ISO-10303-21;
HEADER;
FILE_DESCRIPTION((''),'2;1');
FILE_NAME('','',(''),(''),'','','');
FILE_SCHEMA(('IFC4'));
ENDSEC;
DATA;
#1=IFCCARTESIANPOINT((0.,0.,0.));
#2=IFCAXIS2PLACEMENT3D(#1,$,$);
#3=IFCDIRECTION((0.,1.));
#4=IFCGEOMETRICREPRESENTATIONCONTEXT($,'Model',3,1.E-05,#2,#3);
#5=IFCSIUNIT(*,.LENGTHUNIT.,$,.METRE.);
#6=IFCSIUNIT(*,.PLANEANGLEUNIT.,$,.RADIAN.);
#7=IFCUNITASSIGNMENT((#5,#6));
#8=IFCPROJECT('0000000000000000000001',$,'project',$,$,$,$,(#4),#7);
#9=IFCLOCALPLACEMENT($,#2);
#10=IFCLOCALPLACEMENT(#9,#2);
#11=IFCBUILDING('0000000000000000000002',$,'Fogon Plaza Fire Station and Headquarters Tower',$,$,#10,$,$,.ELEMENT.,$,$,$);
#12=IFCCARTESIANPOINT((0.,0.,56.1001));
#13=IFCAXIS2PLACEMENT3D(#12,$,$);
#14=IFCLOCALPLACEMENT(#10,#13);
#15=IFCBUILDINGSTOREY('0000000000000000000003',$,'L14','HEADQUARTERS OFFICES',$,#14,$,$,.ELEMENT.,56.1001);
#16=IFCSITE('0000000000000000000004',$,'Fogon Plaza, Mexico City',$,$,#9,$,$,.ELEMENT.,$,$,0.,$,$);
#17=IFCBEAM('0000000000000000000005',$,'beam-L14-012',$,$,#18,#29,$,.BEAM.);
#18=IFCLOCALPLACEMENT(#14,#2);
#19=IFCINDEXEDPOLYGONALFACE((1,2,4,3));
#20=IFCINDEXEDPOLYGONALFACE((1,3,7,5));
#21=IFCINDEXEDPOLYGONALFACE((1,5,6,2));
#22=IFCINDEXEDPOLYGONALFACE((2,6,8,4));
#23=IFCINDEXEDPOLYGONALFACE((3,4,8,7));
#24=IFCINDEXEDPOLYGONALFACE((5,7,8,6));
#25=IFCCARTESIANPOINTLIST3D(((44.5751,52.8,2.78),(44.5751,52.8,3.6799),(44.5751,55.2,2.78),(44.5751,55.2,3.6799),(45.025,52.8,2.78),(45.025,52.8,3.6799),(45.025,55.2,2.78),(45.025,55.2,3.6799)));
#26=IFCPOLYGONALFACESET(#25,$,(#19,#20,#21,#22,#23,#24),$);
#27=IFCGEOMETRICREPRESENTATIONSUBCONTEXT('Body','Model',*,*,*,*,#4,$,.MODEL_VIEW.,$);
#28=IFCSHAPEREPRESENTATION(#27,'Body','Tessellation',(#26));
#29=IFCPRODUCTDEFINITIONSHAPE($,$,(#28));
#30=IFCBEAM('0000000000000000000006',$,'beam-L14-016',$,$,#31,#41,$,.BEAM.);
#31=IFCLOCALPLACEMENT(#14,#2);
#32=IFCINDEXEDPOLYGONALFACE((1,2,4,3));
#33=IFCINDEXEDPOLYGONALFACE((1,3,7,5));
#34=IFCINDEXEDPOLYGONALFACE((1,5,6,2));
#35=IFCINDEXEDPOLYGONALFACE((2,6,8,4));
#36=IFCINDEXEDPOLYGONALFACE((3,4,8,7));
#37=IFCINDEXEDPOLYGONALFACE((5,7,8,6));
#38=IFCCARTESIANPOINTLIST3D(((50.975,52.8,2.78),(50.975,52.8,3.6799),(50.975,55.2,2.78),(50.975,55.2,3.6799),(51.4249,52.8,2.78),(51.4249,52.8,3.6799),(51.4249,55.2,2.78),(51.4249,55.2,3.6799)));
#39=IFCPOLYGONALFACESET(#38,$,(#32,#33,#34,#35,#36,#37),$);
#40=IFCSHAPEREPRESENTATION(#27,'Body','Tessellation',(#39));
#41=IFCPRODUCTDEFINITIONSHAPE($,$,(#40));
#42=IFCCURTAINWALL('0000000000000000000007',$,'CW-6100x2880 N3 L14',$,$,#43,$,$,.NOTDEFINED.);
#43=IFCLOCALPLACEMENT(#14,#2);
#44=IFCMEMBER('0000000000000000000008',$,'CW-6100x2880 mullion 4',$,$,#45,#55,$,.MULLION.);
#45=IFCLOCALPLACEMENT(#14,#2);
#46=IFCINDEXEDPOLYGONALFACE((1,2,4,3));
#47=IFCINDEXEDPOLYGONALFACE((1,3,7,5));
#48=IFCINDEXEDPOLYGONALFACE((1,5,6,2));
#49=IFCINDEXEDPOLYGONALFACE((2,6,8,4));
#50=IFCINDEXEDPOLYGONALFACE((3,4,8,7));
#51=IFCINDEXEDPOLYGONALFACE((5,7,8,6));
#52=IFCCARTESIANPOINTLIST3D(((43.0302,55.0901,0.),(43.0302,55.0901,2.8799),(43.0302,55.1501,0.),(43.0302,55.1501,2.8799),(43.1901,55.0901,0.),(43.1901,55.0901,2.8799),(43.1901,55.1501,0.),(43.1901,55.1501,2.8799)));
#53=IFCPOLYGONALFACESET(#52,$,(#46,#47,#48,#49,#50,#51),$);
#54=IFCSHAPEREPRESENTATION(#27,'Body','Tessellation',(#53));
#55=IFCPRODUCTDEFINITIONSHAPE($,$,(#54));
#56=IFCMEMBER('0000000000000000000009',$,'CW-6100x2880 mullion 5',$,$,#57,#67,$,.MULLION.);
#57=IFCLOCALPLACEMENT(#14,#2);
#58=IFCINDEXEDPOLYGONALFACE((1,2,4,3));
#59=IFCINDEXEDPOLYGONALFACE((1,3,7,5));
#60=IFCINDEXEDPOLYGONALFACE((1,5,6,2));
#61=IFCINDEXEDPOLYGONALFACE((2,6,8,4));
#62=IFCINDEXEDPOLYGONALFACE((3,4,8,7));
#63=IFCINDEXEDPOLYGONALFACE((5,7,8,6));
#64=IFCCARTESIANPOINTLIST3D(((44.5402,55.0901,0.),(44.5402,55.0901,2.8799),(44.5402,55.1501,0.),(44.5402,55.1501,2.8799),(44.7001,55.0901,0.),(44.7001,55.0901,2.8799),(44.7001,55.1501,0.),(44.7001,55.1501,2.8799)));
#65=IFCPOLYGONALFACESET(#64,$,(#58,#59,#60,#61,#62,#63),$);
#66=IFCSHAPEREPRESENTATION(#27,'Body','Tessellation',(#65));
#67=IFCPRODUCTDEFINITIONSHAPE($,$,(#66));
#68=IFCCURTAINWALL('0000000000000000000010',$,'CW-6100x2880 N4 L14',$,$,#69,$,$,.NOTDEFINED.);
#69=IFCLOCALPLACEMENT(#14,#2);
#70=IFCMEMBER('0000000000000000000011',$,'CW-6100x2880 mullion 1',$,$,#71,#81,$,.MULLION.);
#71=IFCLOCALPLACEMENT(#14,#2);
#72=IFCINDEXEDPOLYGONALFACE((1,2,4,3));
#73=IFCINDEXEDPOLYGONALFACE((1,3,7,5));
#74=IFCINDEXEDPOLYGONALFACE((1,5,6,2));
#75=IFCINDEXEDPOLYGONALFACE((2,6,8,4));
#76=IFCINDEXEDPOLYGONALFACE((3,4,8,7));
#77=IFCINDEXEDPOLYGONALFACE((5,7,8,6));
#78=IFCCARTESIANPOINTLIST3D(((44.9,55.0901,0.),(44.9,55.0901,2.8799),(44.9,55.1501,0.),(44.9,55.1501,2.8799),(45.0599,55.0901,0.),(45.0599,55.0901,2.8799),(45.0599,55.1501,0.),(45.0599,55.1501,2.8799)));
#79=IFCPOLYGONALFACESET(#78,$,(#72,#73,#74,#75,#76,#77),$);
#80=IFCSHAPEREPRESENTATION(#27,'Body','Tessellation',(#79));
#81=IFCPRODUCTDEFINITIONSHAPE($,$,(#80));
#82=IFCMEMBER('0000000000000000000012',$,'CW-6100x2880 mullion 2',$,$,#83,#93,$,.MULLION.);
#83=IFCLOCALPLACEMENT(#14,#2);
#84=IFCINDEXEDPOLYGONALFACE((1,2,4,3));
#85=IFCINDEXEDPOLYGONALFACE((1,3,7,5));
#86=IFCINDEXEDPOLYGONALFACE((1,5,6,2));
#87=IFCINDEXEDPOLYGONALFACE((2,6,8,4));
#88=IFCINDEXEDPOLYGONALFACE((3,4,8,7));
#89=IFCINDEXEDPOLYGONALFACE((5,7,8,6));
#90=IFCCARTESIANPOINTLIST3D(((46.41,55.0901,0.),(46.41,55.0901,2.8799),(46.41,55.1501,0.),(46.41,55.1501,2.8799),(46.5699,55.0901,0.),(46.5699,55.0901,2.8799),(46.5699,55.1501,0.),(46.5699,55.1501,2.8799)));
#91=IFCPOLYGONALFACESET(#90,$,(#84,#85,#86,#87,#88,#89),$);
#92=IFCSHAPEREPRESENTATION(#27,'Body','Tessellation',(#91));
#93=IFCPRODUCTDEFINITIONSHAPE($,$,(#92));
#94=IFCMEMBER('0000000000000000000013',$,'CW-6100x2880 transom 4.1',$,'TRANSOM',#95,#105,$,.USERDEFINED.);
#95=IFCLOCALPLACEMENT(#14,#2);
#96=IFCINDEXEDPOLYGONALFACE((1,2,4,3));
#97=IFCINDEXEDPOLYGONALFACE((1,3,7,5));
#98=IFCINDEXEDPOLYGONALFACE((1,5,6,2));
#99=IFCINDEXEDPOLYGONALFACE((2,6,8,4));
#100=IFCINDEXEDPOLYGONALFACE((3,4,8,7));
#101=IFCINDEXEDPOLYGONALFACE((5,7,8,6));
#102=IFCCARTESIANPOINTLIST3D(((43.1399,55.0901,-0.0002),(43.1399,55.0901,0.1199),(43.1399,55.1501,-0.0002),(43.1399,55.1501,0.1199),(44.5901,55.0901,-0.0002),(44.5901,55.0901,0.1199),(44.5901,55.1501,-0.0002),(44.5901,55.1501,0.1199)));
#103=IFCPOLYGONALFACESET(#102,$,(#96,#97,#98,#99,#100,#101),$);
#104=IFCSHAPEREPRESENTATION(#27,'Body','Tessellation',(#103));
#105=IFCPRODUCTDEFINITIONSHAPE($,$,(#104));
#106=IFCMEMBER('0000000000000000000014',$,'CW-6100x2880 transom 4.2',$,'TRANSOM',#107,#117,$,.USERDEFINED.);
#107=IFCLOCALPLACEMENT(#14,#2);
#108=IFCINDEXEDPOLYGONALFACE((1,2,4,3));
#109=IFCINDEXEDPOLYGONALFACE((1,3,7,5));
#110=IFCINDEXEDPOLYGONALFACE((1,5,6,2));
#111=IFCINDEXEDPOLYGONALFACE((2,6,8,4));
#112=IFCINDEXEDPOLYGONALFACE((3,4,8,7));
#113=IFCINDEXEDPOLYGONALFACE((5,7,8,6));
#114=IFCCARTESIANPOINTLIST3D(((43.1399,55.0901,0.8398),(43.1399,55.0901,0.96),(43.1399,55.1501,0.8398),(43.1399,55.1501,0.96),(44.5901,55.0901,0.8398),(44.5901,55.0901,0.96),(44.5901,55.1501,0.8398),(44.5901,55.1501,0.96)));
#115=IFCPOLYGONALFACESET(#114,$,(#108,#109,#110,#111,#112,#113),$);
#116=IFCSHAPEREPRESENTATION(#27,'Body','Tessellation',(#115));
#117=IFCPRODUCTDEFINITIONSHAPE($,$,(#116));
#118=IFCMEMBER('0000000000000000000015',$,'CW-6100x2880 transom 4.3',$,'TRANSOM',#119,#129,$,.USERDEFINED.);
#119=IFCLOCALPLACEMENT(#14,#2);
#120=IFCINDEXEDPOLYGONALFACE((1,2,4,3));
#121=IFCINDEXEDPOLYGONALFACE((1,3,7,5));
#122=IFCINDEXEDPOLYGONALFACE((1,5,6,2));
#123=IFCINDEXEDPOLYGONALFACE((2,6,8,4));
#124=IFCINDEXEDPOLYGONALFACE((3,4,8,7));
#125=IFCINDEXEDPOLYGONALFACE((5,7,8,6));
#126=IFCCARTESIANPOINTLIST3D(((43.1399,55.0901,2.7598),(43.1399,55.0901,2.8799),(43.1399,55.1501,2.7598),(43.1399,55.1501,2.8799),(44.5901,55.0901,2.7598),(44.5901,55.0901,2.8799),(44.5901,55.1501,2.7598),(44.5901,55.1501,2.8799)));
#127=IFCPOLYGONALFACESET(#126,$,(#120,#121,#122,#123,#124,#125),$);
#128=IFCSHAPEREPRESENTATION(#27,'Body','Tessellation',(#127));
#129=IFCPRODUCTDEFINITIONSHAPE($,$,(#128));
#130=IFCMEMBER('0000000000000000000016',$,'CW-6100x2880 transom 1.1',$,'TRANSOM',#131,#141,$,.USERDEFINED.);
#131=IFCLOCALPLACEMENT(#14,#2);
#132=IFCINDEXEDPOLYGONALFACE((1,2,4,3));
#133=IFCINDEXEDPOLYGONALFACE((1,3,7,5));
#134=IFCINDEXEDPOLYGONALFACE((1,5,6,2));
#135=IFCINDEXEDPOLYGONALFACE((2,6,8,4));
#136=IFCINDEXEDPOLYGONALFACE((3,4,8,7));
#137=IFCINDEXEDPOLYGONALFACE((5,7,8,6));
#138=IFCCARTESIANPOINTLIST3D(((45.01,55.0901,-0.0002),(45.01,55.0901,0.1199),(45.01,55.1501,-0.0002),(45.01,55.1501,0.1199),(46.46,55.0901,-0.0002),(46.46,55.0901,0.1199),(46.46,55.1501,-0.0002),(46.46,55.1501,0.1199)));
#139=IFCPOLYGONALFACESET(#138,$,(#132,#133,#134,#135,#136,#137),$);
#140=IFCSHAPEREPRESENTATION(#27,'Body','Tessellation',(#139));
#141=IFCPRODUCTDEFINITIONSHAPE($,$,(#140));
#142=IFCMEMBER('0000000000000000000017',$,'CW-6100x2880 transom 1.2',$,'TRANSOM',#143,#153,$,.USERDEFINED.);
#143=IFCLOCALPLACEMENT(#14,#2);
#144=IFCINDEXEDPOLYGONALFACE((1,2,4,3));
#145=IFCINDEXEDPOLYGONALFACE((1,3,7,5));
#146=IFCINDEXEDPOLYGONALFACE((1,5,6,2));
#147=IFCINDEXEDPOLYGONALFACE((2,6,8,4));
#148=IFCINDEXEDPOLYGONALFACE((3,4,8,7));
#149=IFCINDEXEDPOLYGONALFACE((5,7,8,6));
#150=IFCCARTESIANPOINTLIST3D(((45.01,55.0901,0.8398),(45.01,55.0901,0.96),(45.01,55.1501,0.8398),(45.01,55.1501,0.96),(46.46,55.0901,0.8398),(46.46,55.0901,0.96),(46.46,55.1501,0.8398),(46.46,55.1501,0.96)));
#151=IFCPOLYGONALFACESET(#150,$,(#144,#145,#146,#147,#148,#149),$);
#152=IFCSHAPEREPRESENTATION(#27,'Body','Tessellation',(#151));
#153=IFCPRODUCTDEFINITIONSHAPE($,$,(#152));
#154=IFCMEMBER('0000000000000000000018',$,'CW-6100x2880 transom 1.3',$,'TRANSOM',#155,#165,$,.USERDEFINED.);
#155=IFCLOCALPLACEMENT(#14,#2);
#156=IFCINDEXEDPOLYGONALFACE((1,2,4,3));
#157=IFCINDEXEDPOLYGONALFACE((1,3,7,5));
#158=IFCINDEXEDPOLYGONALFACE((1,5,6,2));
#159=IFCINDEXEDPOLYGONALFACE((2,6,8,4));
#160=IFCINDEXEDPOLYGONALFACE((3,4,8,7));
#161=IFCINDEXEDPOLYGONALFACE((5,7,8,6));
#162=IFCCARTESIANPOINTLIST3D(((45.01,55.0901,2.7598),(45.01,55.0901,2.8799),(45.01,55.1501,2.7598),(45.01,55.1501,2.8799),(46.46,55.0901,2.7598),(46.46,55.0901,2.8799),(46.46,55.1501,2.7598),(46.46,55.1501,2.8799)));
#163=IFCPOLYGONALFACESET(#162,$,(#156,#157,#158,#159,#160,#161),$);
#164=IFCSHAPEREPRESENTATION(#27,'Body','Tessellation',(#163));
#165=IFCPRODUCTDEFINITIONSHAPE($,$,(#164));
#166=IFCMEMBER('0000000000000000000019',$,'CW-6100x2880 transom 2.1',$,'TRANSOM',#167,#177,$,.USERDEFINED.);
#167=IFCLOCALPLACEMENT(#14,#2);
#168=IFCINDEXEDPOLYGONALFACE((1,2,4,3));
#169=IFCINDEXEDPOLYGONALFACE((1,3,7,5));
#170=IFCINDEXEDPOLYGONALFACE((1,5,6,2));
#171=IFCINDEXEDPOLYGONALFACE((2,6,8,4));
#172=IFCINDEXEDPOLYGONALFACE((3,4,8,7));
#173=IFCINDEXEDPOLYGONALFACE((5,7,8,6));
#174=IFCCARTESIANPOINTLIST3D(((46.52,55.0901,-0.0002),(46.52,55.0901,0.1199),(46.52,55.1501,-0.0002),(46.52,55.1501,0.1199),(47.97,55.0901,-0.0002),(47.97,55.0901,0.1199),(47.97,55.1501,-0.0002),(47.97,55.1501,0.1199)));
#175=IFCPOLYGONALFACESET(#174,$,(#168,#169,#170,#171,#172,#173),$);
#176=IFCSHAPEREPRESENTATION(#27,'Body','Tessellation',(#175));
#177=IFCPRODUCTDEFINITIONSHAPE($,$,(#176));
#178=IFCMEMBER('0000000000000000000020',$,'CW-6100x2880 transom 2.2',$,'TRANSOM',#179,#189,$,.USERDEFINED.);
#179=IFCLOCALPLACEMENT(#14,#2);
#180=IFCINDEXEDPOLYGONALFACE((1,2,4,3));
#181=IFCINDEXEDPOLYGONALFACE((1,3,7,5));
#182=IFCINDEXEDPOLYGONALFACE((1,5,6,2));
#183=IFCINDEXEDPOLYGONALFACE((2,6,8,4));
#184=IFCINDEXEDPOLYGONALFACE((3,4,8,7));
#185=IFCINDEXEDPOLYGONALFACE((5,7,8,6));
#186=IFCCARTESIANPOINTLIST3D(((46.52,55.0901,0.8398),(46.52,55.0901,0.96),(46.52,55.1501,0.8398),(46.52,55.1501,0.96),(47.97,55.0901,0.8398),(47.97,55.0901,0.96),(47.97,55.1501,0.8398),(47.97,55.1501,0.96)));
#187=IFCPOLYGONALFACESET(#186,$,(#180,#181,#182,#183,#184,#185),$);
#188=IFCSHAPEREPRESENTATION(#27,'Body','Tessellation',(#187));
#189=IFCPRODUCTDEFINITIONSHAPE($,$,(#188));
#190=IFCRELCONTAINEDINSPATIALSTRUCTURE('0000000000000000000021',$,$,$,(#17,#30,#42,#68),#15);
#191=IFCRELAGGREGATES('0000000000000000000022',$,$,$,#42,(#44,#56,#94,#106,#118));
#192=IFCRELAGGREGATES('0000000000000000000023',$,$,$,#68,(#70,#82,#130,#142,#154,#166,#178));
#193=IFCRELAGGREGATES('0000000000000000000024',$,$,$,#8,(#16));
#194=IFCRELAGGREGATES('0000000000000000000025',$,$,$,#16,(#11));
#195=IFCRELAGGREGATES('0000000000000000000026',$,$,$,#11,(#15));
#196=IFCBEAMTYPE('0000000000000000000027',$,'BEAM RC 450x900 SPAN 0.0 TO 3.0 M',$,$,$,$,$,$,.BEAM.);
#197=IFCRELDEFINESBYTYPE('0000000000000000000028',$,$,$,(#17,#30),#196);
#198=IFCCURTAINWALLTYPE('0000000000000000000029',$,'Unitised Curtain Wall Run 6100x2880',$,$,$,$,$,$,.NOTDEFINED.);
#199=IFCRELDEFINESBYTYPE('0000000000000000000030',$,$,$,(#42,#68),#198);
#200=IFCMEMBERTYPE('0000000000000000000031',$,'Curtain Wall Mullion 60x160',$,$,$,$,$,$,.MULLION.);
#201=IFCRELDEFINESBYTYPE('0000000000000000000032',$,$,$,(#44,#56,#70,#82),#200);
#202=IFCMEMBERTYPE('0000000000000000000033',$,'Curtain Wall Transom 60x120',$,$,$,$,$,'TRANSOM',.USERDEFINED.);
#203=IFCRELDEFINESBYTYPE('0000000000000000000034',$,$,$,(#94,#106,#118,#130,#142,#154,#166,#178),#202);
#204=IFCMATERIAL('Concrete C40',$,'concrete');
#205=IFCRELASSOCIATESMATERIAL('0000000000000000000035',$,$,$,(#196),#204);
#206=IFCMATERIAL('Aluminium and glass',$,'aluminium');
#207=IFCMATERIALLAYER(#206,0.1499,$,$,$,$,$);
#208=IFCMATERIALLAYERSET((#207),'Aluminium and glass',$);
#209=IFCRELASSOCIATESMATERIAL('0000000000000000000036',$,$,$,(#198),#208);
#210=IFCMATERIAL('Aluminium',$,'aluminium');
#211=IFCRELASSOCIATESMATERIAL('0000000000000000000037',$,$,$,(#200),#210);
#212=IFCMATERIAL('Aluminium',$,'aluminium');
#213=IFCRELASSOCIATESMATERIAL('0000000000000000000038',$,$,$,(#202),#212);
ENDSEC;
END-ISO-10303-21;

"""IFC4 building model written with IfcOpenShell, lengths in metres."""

from ifc_helpers import new_model, si_unit, direction, frame, origin, origin_2d, place, context, subcontext, project, spatial, rectangle, extrude, material, layer, layer_set, material_profile, profile_set, type_object, element, aggregate, save


model = new_model("IFC4")

# Units and contexts
model_context = context("Model", 3, precision=1e-05, world=origin(), true_north=direction((0.0, 1.0)))
body_context = subcontext(model_context, "Body", "Model", "MODEL_VIEW")
ifc_project = project(units=[si_unit("LENGTHUNIT", "METRE"), si_unit("PLANEANGLEUNIT", "RADIAN")], contexts=[model_context])

# Site, building, storey
site_placement = place(None, origin())
site = spatial("IfcSite", under=ifc_project, at=site_placement, Name="Fogon Plaza, Mexico City", CompositionType="ELEMENT", RefElevation=0.0)
building_placement = place(site_placement, origin())
building = spatial("IfcBuilding", under=site, at=building_placement, Name="Fogon Plaza Fire Station and Headquarters Tower", CompositionType="ELEMENT")
storey_placement = place(building_placement, frame((0.0, 0.0, 56.1001)))
storey = spatial("IfcBuildingStorey", under=building, at=storey_placement, Name="L14", Description="HEADQUARTERS OFFICES", CompositionType="ELEMENT", Elevation=56.1001)

# Beams
ifc_material_1 = material(Name="Concrete C40", Category="concrete")
ifc_material_profile_1 = material_profile(ifc_material_1, rectangle(XDim=0.45, YDim=0.8999, at=origin_2d()), Name="RC 450x900")
ifc_profile_set_1 = profile_set([ifc_material_profile_1], Name="Concrete C40")
beam_type_1 = type_object("IfcBeamType", Name="BEAM RC 450x900 SPAN 0.0 TO 3.0 M", PredefinedType="BEAM", material=ifc_profile_set_1)
for number, where, z_axis, x_axis, name in (
    (1, (44.8, 52.8, 3.23), (0.0, 1.0, 0.0), (-1.0, 0.0, 0.0), "beam-L14-012"),
    (2, (51.2, 52.8, 3.23), (0.0, 1.0, 0.0), (-1.0, 0.0, 0.0), "beam-L14-016"),
):
    element("IfcBeam", number, at=place(storey_placement, frame(where, z_axis=z_axis, x_axis=x_axis)), inside=storey, type_object=beam_type_1, Name=name, PredefinedType="BEAM", context=body_context, shape_type="SweptSolid", body=[
        extrude(rectangle(XDim=0.45, YDim=0.8999, at=origin_2d()), origin(), (0.0, 0.0, 1.0), 2.3999),
    ])

# Curtain walls, members
ifc_material_2 = material(Name="Aluminium and glass", Category="aluminium")
ifc_layer_1 = layer(ifc_material_2, 0.1499)
ifc_layer_set_1 = layer_set([ifc_layer_1], Name="Aluminium and glass")
curtain_wall_type = type_object("IfcCurtainWallType", Name="Unitised Curtain Wall Run 6100x2880", PredefinedType="NOTDEFINED", material=ifc_layer_set_1)
curtain_wall_1_placement = place(storey_placement, origin())
curtain_wall_1 = element("IfcCurtainWall", 3, at=curtain_wall_1_placement, inside=storey, type_object=curtain_wall_type, Name="CW-6100x2880 N3 L14", PredefinedType="NOTDEFINED")
ifc_material_3 = material(Name="Aluminium", Category="aluminium")
ifc_material_profile_2 = material_profile(ifc_material_3, rectangle(XDim=0.0601, YDim=0.1599, at=origin_2d()), Name="Curtain Wall Mullion 60x160")
ifc_profile_set_2 = profile_set([ifc_material_profile_2], Name="Aluminium")
member_type_1 = type_object("IfcMemberType", Name="Curtain Wall Mullion 60x160", PredefinedType="MULLION", material=ifc_profile_set_2)
member_1_placement = place(storey_placement, frame((43.1101, 55.1201, 0.0), z_axis=(0.0, 0.0, 1.0), x_axis=(0.0, 1.0, 0.0)))
member_1 = element("IfcMember", 4, at=member_1_placement, type_object=member_type_1, Name="CW-6100x2880 mullion 4", PredefinedType="MULLION", context=body_context, shape_type="SweptSolid", body=[
    extrude(rectangle(XDim=0.0601, YDim=0.1599, at=origin_2d()), origin(), (0.0, 0.0, 1.0), 2.8799),
])
member_2_placement = place(storey_placement, frame((44.6201, 55.1201, 0.0), z_axis=(0.0, 0.0, 1.0), x_axis=(0.0, 1.0, 0.0)))
member_2 = element("IfcMember", 5, at=member_2_placement, type_object=member_type_1, Name="CW-6100x2880 mullion 5", PredefinedType="MULLION", context=body_context, shape_type="SweptSolid", body=[
    extrude(rectangle(XDim=0.0601, YDim=0.1599, at=origin_2d()), origin(), (0.0, 0.0, 1.0), 2.8799),
])
curtain_wall_2_placement = place(storey_placement, origin())
curtain_wall_2 = element("IfcCurtainWall", 6, at=curtain_wall_2_placement, inside=storey, type_object=curtain_wall_type, Name="CW-6100x2880 N4 L14", PredefinedType="NOTDEFINED")
member_3_placement = place(storey_placement, frame((44.98, 55.1201, 0.0), z_axis=(0.0, 0.0, 1.0), x_axis=(0.0, 1.0, 0.0)))
member_3 = element("IfcMember", 7, at=member_3_placement, type_object=member_type_1, Name="CW-6100x2880 mullion 1", PredefinedType="MULLION", context=body_context, shape_type="SweptSolid", body=[
    extrude(rectangle(XDim=0.0601, YDim=0.1599, at=origin_2d()), origin(), (0.0, 0.0, 1.0), 2.8799),
])
member_4_placement = place(storey_placement, frame((46.49, 55.1201, 0.0), z_axis=(0.0, 0.0, 1.0), x_axis=(0.0, 1.0, 0.0)))
member_4 = element("IfcMember", 8, at=member_4_placement, type_object=member_type_1, Name="CW-6100x2880 mullion 2", PredefinedType="MULLION", context=body_context, shape_type="SweptSolid", body=[
    extrude(rectangle(XDim=0.0601, YDim=0.1599, at=origin_2d()), origin(), (0.0, 0.0, 1.0), 2.8799),
])

# Members
ifc_material_4 = material(Name="Aluminium", Category="aluminium")
ifc_material_profile_3 = material_profile(ifc_material_4, rectangle(XDim=0.0601, YDim=0.1201, at=origin_2d()), Name="Curtain Wall Transom 60x120")
ifc_profile_set_3 = profile_set([ifc_material_profile_3], Name="Aluminium")
member_type_2 = type_object("IfcMemberType", Name="Curtain Wall Transom 60x120", ElementType="TRANSOM", PredefinedType="USERDEFINED", material=ifc_profile_set_3)
member_5_placement = place(storey_placement, frame((43.1399, 55.1201, 0.0598), z_axis=(1.0, 0.0, 0.0), x_axis=(0.0, 1.0, 0.0)))
member_5 = element("IfcMember", 9, at=member_5_placement, type_object=member_type_2, Name="CW-6100x2880 transom 4.1", ObjectType="TRANSOM", PredefinedType="USERDEFINED", context=body_context, shape_type="SweptSolid", body=[
    extrude(rectangle(XDim=0.0601, YDim=0.1201, at=origin_2d()), origin(), (0.0, 0.0, 1.0), 1.4502),
])
member_6_placement = place(storey_placement, frame((43.1399, 55.1201, 0.8999), z_axis=(1.0, 0.0, 0.0), x_axis=(0.0, 1.0, 0.0)))
member_6 = element("IfcMember", 10, at=member_6_placement, type_object=member_type_2, Name="CW-6100x2880 transom 4.2", ObjectType="TRANSOM", PredefinedType="USERDEFINED", context=body_context, shape_type="SweptSolid", body=[
    extrude(rectangle(XDim=0.0601, YDim=0.1201, at=origin_2d()), origin(), (0.0, 0.0, 1.0), 1.4502),
])
member_7_placement = place(storey_placement, frame((43.1399, 55.1201, 2.8198), z_axis=(1.0, 0.0, 0.0), x_axis=(0.0, 1.0, 0.0)))
member_7 = element("IfcMember", 11, at=member_7_placement, type_object=member_type_2, Name="CW-6100x2880 transom 4.3", ObjectType="TRANSOM", PredefinedType="USERDEFINED", context=body_context, shape_type="SweptSolid", body=[
    extrude(rectangle(XDim=0.0601, YDim=0.1201, at=origin_2d()), origin(), (0.0, 0.0, 1.0), 1.4502),
])
member_8_placement = place(storey_placement, frame((45.01, 55.1201, 0.0598), z_axis=(1.0, 0.0, 0.0), x_axis=(0.0, 1.0, 0.0)))
member_8 = element("IfcMember", 12, at=member_8_placement, type_object=member_type_2, Name="CW-6100x2880 transom 1.1", ObjectType="TRANSOM", PredefinedType="USERDEFINED", context=body_context, shape_type="SweptSolid", body=[
    extrude(rectangle(XDim=0.0601, YDim=0.1201, at=origin_2d()), origin(), (0.0, 0.0, 1.0), 1.45),
])
member_9_placement = place(storey_placement, frame((45.01, 55.1201, 0.8999), z_axis=(1.0, 0.0, 0.0), x_axis=(0.0, 1.0, 0.0)))
member_9 = element("IfcMember", 13, at=member_9_placement, type_object=member_type_2, Name="CW-6100x2880 transom 1.2", ObjectType="TRANSOM", PredefinedType="USERDEFINED", context=body_context, shape_type="SweptSolid", body=[
    extrude(rectangle(XDim=0.0601, YDim=0.1201, at=origin_2d()), origin(), (0.0, 0.0, 1.0), 1.45),
])
member_10_placement = place(storey_placement, frame((45.01, 55.1201, 2.8198), z_axis=(1.0, 0.0, 0.0), x_axis=(0.0, 1.0, 0.0)))
member_10 = element("IfcMember", 14, at=member_10_placement, type_object=member_type_2, Name="CW-6100x2880 transom 1.3", ObjectType="TRANSOM", PredefinedType="USERDEFINED", context=body_context, shape_type="SweptSolid", body=[
    extrude(rectangle(XDim=0.0601, YDim=0.1201, at=origin_2d()), origin(), (0.0, 0.0, 1.0), 1.45),
])
member_11_placement = place(storey_placement, frame((46.52, 55.1201, 0.0598), z_axis=(1.0, 0.0, 0.0), x_axis=(0.0, 1.0, 0.0)))
member_11 = element("IfcMember", 15, at=member_11_placement, type_object=member_type_2, Name="CW-6100x2880 transom 2.1", ObjectType="TRANSOM", PredefinedType="USERDEFINED", context=body_context, shape_type="SweptSolid", body=[
    extrude(rectangle(XDim=0.0601, YDim=0.1201, at=origin_2d()), origin(), (0.0, 0.0, 1.0), 1.45),
])
member_12_placement = place(storey_placement, frame((46.52, 55.1201, 0.8999), z_axis=(1.0, 0.0, 0.0), x_axis=(0.0, 1.0, 0.0)))
member_12 = element("IfcMember", 16, at=member_12_placement, type_object=member_type_2, Name="CW-6100x2880 transom 2.2", ObjectType="TRANSOM", PredefinedType="USERDEFINED", context=body_context, shape_type="SweptSolid", body=[
    extrude(rectangle(XDim=0.0601, YDim=0.1201, at=origin_2d()), origin(), (0.0, 0.0, 1.0), 1.45),
])

aggregate(curtain_wall_1, [member_1, member_2, member_5, member_6, member_7])
aggregate(curtain_wall_2, [member_3, member_4, member_8, member_9, member_10, member_11, member_12])

save(model, "model.ifc")
